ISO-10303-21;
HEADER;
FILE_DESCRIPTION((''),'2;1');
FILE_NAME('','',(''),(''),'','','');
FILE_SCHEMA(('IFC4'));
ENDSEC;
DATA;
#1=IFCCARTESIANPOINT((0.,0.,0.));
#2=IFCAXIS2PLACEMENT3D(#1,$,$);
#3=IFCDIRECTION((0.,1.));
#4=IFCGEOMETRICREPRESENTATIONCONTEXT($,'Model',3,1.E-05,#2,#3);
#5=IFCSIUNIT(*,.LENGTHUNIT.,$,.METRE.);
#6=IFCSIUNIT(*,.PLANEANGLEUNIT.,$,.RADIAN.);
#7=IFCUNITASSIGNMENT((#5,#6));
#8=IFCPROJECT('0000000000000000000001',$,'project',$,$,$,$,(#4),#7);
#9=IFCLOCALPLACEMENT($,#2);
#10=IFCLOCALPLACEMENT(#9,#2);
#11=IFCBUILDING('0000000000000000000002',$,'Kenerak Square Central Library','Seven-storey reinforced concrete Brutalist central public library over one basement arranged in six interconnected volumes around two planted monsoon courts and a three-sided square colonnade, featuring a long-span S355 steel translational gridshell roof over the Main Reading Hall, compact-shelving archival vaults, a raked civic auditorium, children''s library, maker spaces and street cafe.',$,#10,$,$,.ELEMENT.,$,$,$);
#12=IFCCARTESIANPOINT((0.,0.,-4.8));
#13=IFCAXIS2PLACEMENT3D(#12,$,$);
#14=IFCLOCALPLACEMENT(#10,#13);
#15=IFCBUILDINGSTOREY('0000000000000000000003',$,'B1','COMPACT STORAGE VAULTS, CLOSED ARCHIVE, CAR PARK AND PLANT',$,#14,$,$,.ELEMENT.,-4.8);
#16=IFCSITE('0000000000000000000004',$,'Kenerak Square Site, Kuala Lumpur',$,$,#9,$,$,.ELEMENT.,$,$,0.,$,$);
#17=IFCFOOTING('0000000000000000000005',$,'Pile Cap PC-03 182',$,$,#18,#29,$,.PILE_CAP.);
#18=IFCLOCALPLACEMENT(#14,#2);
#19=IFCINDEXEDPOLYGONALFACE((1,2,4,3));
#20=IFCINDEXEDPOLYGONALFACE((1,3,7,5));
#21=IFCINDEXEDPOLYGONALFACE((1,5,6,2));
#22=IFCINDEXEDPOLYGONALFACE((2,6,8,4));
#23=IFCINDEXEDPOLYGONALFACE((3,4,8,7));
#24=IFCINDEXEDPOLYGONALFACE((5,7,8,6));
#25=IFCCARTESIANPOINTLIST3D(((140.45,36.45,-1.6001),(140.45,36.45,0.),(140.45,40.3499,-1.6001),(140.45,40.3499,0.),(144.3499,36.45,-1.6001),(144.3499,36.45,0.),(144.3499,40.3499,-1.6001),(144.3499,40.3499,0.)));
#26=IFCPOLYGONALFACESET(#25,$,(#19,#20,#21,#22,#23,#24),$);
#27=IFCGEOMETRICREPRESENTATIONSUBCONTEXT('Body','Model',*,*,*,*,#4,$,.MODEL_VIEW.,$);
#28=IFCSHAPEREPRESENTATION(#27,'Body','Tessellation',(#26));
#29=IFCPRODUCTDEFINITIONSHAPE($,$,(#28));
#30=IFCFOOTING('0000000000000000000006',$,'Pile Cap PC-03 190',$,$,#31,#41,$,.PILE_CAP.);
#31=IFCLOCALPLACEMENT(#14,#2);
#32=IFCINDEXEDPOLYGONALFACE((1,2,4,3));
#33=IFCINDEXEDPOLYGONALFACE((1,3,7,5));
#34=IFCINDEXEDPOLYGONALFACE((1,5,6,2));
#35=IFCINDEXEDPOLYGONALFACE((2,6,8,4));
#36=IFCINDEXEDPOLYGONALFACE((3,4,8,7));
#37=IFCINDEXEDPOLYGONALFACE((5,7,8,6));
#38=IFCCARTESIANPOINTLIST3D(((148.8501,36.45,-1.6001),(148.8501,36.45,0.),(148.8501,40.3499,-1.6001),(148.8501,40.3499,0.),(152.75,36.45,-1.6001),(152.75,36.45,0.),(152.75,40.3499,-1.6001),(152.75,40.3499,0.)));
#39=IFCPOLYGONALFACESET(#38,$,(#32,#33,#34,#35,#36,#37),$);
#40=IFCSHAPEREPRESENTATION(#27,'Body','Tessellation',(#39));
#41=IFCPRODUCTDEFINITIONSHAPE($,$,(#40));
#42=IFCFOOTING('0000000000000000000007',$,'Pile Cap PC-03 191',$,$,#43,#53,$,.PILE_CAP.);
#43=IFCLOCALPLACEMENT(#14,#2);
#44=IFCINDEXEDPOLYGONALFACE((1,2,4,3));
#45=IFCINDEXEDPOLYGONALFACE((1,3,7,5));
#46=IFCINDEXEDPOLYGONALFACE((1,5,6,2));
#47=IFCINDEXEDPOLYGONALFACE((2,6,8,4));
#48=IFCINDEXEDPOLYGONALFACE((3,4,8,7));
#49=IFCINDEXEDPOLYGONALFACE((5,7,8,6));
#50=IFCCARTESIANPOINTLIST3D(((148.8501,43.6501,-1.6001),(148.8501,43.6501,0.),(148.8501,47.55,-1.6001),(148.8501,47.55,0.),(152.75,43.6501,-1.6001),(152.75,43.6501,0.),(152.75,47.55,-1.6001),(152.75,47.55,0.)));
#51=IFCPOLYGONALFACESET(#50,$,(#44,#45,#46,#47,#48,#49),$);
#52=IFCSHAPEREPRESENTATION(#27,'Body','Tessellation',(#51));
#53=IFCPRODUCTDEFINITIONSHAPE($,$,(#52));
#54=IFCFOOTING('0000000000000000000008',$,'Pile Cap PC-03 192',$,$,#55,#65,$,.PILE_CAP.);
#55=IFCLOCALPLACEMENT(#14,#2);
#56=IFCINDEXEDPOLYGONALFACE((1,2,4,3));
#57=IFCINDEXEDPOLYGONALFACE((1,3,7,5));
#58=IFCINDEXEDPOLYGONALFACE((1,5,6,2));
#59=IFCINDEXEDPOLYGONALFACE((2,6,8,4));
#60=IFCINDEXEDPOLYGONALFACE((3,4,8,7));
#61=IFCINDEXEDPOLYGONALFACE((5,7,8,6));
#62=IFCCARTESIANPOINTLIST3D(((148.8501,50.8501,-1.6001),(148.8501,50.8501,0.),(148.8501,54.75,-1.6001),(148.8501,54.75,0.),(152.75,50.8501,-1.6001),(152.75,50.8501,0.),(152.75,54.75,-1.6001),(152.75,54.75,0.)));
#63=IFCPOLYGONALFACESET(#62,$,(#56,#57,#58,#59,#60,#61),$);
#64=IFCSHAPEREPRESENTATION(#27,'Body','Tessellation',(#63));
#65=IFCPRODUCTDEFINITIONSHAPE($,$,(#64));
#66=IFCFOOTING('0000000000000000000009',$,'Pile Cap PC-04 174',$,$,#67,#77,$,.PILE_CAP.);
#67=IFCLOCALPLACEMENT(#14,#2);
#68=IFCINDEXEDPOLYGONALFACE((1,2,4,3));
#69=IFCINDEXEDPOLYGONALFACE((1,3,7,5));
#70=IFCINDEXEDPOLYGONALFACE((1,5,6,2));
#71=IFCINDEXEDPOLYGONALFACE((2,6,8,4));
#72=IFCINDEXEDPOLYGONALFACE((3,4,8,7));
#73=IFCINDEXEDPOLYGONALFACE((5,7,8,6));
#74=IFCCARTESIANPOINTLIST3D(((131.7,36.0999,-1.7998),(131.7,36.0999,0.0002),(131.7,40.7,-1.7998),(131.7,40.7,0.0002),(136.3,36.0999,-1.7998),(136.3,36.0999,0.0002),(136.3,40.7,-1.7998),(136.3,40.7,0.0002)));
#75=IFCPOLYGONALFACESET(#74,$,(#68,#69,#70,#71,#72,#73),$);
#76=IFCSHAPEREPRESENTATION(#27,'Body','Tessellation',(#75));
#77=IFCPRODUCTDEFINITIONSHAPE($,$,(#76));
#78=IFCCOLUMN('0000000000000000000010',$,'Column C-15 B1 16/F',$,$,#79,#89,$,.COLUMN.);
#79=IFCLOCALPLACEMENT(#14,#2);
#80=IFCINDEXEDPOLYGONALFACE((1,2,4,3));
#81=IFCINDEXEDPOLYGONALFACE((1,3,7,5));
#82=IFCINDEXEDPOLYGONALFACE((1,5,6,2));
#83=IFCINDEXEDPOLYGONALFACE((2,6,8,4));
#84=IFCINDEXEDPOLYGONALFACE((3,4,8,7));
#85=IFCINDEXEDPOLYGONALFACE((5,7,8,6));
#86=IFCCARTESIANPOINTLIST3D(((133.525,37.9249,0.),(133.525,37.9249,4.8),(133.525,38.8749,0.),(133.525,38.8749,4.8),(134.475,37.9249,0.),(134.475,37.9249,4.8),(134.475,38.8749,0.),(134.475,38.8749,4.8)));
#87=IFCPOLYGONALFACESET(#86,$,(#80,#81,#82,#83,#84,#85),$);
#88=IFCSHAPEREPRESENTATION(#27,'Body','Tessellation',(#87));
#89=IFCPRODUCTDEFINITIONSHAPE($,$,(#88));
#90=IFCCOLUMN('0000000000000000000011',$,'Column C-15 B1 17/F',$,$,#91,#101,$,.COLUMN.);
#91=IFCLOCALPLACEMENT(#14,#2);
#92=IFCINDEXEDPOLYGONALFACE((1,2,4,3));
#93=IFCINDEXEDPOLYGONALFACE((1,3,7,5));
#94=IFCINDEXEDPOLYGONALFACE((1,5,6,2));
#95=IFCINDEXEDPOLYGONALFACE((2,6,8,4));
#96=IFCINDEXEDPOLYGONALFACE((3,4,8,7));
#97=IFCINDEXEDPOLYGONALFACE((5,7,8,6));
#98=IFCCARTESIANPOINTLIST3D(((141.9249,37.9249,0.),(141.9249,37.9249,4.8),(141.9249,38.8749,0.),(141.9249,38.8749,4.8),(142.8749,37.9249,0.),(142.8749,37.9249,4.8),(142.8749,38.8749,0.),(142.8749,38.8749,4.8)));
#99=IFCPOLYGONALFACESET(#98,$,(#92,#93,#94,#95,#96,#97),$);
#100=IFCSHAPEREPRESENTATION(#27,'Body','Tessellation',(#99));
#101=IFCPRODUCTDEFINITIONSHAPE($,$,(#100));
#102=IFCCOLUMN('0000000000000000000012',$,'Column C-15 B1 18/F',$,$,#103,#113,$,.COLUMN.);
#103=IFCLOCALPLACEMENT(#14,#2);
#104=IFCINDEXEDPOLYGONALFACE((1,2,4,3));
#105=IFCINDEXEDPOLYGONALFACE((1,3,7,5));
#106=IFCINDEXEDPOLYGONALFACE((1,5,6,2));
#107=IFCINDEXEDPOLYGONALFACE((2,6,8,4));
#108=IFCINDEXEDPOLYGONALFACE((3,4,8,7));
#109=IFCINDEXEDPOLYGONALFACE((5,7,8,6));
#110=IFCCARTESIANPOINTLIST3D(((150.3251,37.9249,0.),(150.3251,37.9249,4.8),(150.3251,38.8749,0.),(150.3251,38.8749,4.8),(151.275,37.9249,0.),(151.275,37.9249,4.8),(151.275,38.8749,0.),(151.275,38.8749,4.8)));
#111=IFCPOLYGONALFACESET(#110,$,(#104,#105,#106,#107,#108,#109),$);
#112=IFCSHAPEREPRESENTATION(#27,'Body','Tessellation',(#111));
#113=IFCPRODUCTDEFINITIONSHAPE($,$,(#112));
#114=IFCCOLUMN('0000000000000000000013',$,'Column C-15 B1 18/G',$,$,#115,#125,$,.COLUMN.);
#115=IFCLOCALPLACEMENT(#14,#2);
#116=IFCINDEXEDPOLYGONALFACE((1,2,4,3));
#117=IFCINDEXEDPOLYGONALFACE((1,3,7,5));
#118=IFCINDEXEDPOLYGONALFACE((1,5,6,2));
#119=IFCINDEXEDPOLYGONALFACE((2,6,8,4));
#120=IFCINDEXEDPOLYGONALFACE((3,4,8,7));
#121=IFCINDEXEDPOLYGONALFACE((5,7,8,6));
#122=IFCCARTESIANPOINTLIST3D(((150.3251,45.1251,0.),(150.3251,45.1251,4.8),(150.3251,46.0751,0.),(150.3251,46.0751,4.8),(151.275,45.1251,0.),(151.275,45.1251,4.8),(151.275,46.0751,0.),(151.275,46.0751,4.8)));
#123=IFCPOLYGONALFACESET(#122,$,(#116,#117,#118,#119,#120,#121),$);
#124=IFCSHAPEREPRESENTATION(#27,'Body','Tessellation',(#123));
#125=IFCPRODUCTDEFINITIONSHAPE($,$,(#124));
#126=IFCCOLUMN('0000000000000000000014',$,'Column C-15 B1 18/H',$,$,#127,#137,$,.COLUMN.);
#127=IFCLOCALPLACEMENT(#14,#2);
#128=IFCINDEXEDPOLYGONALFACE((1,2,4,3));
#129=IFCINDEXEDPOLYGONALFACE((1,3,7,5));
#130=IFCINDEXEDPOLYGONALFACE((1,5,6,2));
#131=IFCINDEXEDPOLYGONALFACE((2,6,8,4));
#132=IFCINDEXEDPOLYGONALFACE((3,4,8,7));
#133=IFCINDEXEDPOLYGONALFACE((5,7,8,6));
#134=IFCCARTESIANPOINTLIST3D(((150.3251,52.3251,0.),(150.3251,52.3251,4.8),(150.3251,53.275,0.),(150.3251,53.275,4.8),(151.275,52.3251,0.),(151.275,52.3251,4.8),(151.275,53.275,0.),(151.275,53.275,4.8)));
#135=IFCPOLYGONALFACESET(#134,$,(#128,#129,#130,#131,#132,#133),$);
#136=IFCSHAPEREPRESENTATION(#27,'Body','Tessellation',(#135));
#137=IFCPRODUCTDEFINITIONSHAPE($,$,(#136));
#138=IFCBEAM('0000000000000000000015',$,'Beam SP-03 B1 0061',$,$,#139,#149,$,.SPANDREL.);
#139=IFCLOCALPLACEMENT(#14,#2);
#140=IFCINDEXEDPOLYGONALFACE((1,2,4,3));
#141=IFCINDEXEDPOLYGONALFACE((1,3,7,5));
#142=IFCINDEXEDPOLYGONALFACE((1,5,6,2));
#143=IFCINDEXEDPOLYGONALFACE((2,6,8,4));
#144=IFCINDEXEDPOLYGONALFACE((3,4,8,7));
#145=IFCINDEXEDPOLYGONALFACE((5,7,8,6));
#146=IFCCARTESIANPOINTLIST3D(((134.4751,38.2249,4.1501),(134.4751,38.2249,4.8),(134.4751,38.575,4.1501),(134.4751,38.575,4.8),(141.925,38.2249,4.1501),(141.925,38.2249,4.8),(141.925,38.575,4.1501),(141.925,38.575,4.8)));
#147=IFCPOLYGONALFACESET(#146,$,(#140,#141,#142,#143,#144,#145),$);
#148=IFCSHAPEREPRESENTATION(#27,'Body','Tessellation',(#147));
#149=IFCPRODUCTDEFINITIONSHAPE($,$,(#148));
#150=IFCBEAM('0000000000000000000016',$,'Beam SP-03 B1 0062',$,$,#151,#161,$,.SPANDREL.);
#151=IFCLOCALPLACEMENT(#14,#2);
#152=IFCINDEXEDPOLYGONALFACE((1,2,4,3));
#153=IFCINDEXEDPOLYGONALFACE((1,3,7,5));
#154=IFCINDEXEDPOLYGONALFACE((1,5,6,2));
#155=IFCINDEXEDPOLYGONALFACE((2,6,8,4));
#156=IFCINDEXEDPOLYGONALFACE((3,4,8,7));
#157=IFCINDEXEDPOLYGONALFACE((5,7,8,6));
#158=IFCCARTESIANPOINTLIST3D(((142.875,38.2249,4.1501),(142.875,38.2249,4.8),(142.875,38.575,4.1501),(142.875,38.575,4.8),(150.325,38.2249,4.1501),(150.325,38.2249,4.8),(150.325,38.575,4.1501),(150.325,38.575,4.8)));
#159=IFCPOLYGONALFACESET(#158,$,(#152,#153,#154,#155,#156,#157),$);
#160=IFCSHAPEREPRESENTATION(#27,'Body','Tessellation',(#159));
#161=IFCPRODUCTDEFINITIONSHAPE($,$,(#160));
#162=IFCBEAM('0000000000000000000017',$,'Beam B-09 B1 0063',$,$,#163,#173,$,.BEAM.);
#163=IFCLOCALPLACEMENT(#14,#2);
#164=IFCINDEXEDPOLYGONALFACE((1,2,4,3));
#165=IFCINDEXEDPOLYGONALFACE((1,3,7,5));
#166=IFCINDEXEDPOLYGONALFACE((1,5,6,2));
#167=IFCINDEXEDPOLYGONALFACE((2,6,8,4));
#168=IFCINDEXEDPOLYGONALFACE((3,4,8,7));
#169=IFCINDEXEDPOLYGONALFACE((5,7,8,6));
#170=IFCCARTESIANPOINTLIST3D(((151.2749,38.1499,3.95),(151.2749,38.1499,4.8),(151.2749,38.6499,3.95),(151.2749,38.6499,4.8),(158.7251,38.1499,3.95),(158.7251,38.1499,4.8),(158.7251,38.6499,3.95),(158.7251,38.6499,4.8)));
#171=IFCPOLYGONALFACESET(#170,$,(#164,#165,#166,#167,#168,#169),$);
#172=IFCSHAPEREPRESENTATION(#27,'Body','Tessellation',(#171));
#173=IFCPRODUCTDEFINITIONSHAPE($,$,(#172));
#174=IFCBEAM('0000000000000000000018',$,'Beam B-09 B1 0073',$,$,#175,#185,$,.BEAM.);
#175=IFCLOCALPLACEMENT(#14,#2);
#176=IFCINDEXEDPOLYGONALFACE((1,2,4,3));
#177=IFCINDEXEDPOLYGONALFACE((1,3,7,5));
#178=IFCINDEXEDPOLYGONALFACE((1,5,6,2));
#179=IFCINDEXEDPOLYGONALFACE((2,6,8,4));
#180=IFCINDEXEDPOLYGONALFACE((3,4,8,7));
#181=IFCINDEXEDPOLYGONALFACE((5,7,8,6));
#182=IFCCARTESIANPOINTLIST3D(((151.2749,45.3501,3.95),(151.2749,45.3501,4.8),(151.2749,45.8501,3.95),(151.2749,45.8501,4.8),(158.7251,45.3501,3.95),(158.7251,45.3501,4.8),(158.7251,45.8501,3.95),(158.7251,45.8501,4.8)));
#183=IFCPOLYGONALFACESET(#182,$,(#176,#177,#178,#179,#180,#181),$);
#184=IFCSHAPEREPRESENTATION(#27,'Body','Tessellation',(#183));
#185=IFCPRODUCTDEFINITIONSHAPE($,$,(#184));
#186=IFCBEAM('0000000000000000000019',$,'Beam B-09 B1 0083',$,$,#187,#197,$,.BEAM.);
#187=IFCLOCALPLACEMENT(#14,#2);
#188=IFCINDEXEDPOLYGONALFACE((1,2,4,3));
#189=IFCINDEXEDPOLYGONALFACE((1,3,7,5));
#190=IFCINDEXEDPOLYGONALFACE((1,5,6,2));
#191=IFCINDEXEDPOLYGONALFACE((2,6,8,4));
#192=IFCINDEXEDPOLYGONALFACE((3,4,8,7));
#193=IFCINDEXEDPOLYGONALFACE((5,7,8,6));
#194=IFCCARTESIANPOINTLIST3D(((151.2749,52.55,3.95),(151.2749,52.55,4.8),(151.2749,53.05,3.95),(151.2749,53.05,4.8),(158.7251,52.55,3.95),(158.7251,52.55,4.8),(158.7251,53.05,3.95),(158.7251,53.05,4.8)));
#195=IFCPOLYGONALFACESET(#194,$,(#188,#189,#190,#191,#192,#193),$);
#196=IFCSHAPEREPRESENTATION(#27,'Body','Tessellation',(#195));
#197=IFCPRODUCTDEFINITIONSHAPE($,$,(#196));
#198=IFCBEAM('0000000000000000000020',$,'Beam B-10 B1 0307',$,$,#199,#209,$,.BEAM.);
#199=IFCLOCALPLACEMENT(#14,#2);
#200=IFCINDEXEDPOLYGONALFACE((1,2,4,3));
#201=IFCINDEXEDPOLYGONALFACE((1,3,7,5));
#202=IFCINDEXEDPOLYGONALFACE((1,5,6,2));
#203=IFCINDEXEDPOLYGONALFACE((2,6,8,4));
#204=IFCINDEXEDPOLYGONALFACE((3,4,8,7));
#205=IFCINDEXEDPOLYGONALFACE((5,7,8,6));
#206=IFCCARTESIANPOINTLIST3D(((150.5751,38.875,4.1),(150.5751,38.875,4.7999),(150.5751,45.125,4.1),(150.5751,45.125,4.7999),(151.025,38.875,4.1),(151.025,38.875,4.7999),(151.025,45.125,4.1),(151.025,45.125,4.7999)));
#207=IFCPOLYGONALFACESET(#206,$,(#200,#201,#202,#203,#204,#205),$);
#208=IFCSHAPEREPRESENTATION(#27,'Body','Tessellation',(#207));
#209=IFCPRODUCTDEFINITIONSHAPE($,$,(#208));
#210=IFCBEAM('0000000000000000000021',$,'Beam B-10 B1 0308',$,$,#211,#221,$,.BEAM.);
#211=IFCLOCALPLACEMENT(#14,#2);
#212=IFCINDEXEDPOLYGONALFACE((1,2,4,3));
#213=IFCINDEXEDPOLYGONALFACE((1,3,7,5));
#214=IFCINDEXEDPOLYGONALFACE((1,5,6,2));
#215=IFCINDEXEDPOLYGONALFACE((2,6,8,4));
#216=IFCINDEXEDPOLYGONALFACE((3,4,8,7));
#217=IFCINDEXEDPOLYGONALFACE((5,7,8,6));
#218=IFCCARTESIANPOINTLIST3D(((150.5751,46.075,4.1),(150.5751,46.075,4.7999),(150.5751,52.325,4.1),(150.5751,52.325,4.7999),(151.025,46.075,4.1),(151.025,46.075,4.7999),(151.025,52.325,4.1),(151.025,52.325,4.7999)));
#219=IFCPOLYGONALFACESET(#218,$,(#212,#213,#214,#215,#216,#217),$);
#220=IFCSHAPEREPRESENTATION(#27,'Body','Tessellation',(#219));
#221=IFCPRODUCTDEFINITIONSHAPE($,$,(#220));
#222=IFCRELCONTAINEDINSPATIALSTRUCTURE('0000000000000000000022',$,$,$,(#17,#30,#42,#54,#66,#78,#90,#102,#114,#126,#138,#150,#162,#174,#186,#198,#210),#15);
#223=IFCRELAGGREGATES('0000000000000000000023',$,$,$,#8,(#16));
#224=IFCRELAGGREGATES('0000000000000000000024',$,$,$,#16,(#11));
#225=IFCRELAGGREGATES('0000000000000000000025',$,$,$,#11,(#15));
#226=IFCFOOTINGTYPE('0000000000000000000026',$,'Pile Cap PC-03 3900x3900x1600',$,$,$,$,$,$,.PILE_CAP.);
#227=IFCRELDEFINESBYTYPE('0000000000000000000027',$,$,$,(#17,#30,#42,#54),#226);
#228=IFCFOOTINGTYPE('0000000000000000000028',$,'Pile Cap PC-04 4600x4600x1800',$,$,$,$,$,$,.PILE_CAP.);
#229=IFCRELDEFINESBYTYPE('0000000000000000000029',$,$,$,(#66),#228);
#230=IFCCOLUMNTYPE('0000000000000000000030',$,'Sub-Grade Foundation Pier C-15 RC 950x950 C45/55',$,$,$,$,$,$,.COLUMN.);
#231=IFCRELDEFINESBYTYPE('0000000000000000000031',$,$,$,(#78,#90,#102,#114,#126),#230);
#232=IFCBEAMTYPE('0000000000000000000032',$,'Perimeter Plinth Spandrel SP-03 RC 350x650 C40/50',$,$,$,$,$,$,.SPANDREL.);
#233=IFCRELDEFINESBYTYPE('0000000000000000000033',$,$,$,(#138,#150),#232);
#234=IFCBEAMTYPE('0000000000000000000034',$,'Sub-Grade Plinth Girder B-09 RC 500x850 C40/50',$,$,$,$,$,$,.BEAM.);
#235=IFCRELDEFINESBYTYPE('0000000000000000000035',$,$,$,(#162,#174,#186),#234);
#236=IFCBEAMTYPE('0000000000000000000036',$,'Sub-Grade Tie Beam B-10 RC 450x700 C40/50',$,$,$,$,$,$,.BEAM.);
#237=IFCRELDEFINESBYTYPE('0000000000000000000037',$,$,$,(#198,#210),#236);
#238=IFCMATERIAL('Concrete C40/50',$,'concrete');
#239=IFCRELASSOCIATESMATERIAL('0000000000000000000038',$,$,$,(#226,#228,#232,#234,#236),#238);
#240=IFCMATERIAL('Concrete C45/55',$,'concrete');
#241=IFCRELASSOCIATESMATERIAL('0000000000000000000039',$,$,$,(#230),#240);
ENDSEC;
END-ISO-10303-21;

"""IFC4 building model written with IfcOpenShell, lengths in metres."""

from ifc_helpers import new_model, si_unit, direction, frame, origin, origin_2d, place, context, subcontext, project, spatial, rectangle, extrude, material, material_profile, profile_set, type_object, element, save


model = new_model("IFC4")

# Units and contexts
model_context = context("Model", 3, precision=1e-05, world=origin(), true_north=direction((0.0, 1.0)))
body_context = subcontext(model_context, "Body", "Model", "MODEL_VIEW")
ifc_project = project(units=[si_unit("LENGTHUNIT", "METRE"), si_unit("PLANEANGLEUNIT", "RADIAN")], contexts=[model_context])

# Site, building, storey
site_placement = place(None, origin())
site = spatial("IfcSite", under=ifc_project, at=site_placement, Name="Kenerak Square Site, Kuala Lumpur", CompositionType="ELEMENT", RefElevation=0.0)
building_placement = place(site_placement, origin())
building = spatial("IfcBuilding", under=site, at=building_placement, Name="Kenerak Square Central Library", Description="Seven-storey reinforced concrete Brutalist central public library over one basement arranged in six interconnected volumes around two planted monsoon courts and a three-sided square colonnade, featuring a long-span S355 steel translational gridshell roof over the Main Reading Hall, compact-shelving archival vaults, a raked civic auditorium, children's library, maker spaces and street cafe.", CompositionType="ELEMENT")
storey_placement = place(building_placement, frame((0.0, 0.0, -4.8)))
storey = spatial("IfcBuildingStorey", under=building, at=storey_placement, Name="B1", Description="COMPACT STORAGE VAULTS, CLOSED ARCHIVE, CAR PARK AND PLANT", CompositionType="ELEMENT", Elevation=-4.8)

# Shared definitions
ifc_material_1 = material(Name="Concrete C40/50", Category="concrete")

# Footings
footing_type_1 = type_object("IfcFootingType", Name="Pile Cap PC-03 3900x3900x1600", PredefinedType="PILE_CAP", material=ifc_material_1)
for number, where, z_axis, x_axis, name in (
    (1, (142.3999, 38.3999, -1.6001), (0.0, 0.0, 1.0), (1.0, 0.0, 0.0), "Pile Cap PC-03 182"),
    (2, (150.8, 38.3999, -1.6001), (0.0, 0.0, 1.0), (1.0, 0.0, 0.0), "Pile Cap PC-03 190"),
    (3, (150.8, 45.6001, -1.6001), (0.0, 0.0, 1.0), (1.0, 0.0, 0.0), "Pile Cap PC-03 191"),
    (4, (150.8, 52.8, -1.6001), (0.0, 0.0, 1.0), (1.0, 0.0, 0.0), "Pile Cap PC-03 192"),
):
    element("IfcFooting", number, at=place(storey_placement, frame(where, z_axis=z_axis, x_axis=x_axis)), inside=storey, type_object=footing_type_1, Name=name, PredefinedType="PILE_CAP", context=body_context, shape_type="SweptSolid", body=[
        extrude(rectangle(XDim=3.8999, YDim=3.8999, at=origin_2d()), origin(), (0.0, 0.0, 1.0), 1.6001),
    ])
footing_type_2 = type_object("IfcFootingType", Name="Pile Cap PC-04 4600x4600x1800", PredefinedType="PILE_CAP", material=ifc_material_1)
footing_1_placement = place(storey_placement, frame((134.0, 38.3999, -1.7998), z_axis=(0.0, 0.0, 1.0), x_axis=(1.0, 0.0, 0.0)))
element("IfcFooting", 5, at=footing_1_placement, inside=storey, type_object=footing_type_2, Name="Pile Cap PC-04 174", PredefinedType="PILE_CAP", context=body_context, shape_type="SweptSolid", body=[
    extrude(rectangle(XDim=4.6001, YDim=4.6001, at=origin_2d()), origin(), (0.0, 0.0, 1.0), 1.8),
])

# Columns
ifc_material_2 = material(Name="Concrete C45/55", Category="concrete")
ifc_material_profile_1 = material_profile(ifc_material_2, rectangle(XDim=0.95, YDim=0.95, at=origin_2d()), Name="RC 950x950")
ifc_profile_set_1 = profile_set([ifc_material_profile_1], Name="Concrete C45/55")
column_type = type_object("IfcColumnType", Name="Sub-Grade Foundation Pier C-15 RC 950x950 C45/55", PredefinedType="COLUMN", material=ifc_profile_set_1)
for number, where, z_axis, x_axis, name in (
    (6, (134.0, 38.3999, 0.0), (0.0, 0.0, 1.0), (1.0, 0.0, 0.0), "Column C-15 B1 16/F"),
    (7, (142.3999, 38.3999, 0.0), (0.0, 0.0, 1.0), (1.0, 0.0, 0.0), "Column C-15 B1 17/F"),
    (8, (150.8, 38.3999, 0.0), (0.0, 0.0, 1.0), (1.0, 0.0, 0.0), "Column C-15 B1 18/F"),
    (9, (150.8, 45.6001, 0.0), (0.0, 0.0, 1.0), (1.0, 0.0, 0.0), "Column C-15 B1 18/G"),
    (10, (150.8, 52.8, 0.0), (0.0, 0.0, 1.0), (1.0, 0.0, 0.0), "Column C-15 B1 18/H"),
):
    element("IfcColumn", number, at=place(storey_placement, frame(where, z_axis=z_axis, x_axis=x_axis)), inside=storey, type_object=column_type, Name=name, PredefinedType="COLUMN", context=body_context, shape_type="SweptSolid", body=[
        extrude(rectangle(XDim=0.95, YDim=0.95, at=origin_2d()), origin(), (0.0, 0.0, 1.0), 4.8),
    ])

# Beams
ifc_material_profile_2 = material_profile(ifc_material_1, rectangle(XDim=0.3501, YDim=0.6499, at=origin_2d()), Name="RC 350x650")
ifc_profile_set_2 = profile_set([ifc_material_profile_2], Name="Concrete C40/50")
beam_type_1 = type_object("IfcBeamType", Name="Perimeter Plinth Spandrel SP-03 RC 350x650 C40/50", PredefinedType="SPANDREL", material=ifc_profile_set_2)
for number, where, z_axis, x_axis, name in (
    (11, (134.4751, 38.3999, 4.4751), (1.0, 0.0, 0.0), (0.0, 1.0, 0.0), "Beam SP-03 B1 0061"),
    (12, (142.875, 38.3999, 4.4751), (1.0, 0.0, 0.0), (0.0, 1.0, 0.0), "Beam SP-03 B1 0062"),
):
    element("IfcBeam", number, at=place(storey_placement, frame(where, z_axis=z_axis, x_axis=x_axis)), inside=storey, type_object=beam_type_1, Name=name, PredefinedType="SPANDREL", context=body_context, shape_type="SweptSolid", body=[
        extrude(rectangle(XDim=0.3501, YDim=0.6499, at=origin_2d()), origin(), (0.0, 0.0, 1.0), 7.45),
    ])
ifc_material_profile_3 = material_profile(ifc_material_1, rectangle(XDim=0.5, YDim=0.8501, at=origin_2d()), Name="RC 500x850")
ifc_profile_set_3 = profile_set([ifc_material_profile_3], Name="Concrete C40/50")
beam_type_2 = type_object("IfcBeamType", Name="Sub-Grade Plinth Girder B-09 RC 500x850 C40/50", PredefinedType="BEAM", material=ifc_profile_set_3)
for number, where, z_axis, x_axis, name in (
    (13, (151.2749, 38.3999, 4.375), (1.0, 0.0, 0.0), (0.0, 1.0, 0.0), "Beam B-09 B1 0063"),
    (14, (151.2749, 45.6001, 4.375), (1.0, 0.0, 0.0), (0.0, 1.0, 0.0), "Beam B-09 B1 0073"),
    (15, (151.2749, 52.8, 4.375), (1.0, 0.0, 0.0), (0.0, 1.0, 0.0), "Beam B-09 B1 0083"),
):
    element("IfcBeam", number, at=place(storey_placement, frame(where, z_axis=z_axis, x_axis=x_axis)), inside=storey, type_object=beam_type_2, Name=name, PredefinedType="BEAM", context=body_context, shape_type="SweptSolid", body=[
        extrude(rectangle(XDim=0.5, YDim=0.8501, at=origin_2d()), origin(), (0.0, 0.0, 1.0), 7.4502),
    ])
ifc_material_profile_4 = material_profile(ifc_material_1, rectangle(XDim=0.45, YDim=0.7, at=origin_2d()), Name="RC 450x700")
ifc_profile_set_4 = profile_set([ifc_material_profile_4], Name="Concrete C40/50")
beam_type_3 = type_object("IfcBeamType", Name="Sub-Grade Tie Beam B-10 RC 450x700 C40/50", PredefinedType="BEAM", material=ifc_profile_set_4)
for number, where, z_axis, x_axis, name in (
    (16, (150.8, 38.875, 4.45), (0.0, 1.0, 0.0), (-1.0, 0.0, 0.0), "Beam B-10 B1 0307"),
    (17, (150.8, 46.075, 4.45), (0.0, 1.0, 0.0), (-1.0, 0.0, 0.0), "Beam B-10 B1 0308"),
):
    element("IfcBeam", number, at=place(storey_placement, frame(where, z_axis=z_axis, x_axis=x_axis)), inside=storey, type_object=beam_type_3, Name=name, PredefinedType="BEAM", context=body_context, shape_type="SweptSolid", body=[
        extrude(rectangle(XDim=0.45, YDim=0.7, at=origin_2d()), origin(), (0.0, 0.0, 1.0), 6.25),
    ])

save(model, "model.ifc")
